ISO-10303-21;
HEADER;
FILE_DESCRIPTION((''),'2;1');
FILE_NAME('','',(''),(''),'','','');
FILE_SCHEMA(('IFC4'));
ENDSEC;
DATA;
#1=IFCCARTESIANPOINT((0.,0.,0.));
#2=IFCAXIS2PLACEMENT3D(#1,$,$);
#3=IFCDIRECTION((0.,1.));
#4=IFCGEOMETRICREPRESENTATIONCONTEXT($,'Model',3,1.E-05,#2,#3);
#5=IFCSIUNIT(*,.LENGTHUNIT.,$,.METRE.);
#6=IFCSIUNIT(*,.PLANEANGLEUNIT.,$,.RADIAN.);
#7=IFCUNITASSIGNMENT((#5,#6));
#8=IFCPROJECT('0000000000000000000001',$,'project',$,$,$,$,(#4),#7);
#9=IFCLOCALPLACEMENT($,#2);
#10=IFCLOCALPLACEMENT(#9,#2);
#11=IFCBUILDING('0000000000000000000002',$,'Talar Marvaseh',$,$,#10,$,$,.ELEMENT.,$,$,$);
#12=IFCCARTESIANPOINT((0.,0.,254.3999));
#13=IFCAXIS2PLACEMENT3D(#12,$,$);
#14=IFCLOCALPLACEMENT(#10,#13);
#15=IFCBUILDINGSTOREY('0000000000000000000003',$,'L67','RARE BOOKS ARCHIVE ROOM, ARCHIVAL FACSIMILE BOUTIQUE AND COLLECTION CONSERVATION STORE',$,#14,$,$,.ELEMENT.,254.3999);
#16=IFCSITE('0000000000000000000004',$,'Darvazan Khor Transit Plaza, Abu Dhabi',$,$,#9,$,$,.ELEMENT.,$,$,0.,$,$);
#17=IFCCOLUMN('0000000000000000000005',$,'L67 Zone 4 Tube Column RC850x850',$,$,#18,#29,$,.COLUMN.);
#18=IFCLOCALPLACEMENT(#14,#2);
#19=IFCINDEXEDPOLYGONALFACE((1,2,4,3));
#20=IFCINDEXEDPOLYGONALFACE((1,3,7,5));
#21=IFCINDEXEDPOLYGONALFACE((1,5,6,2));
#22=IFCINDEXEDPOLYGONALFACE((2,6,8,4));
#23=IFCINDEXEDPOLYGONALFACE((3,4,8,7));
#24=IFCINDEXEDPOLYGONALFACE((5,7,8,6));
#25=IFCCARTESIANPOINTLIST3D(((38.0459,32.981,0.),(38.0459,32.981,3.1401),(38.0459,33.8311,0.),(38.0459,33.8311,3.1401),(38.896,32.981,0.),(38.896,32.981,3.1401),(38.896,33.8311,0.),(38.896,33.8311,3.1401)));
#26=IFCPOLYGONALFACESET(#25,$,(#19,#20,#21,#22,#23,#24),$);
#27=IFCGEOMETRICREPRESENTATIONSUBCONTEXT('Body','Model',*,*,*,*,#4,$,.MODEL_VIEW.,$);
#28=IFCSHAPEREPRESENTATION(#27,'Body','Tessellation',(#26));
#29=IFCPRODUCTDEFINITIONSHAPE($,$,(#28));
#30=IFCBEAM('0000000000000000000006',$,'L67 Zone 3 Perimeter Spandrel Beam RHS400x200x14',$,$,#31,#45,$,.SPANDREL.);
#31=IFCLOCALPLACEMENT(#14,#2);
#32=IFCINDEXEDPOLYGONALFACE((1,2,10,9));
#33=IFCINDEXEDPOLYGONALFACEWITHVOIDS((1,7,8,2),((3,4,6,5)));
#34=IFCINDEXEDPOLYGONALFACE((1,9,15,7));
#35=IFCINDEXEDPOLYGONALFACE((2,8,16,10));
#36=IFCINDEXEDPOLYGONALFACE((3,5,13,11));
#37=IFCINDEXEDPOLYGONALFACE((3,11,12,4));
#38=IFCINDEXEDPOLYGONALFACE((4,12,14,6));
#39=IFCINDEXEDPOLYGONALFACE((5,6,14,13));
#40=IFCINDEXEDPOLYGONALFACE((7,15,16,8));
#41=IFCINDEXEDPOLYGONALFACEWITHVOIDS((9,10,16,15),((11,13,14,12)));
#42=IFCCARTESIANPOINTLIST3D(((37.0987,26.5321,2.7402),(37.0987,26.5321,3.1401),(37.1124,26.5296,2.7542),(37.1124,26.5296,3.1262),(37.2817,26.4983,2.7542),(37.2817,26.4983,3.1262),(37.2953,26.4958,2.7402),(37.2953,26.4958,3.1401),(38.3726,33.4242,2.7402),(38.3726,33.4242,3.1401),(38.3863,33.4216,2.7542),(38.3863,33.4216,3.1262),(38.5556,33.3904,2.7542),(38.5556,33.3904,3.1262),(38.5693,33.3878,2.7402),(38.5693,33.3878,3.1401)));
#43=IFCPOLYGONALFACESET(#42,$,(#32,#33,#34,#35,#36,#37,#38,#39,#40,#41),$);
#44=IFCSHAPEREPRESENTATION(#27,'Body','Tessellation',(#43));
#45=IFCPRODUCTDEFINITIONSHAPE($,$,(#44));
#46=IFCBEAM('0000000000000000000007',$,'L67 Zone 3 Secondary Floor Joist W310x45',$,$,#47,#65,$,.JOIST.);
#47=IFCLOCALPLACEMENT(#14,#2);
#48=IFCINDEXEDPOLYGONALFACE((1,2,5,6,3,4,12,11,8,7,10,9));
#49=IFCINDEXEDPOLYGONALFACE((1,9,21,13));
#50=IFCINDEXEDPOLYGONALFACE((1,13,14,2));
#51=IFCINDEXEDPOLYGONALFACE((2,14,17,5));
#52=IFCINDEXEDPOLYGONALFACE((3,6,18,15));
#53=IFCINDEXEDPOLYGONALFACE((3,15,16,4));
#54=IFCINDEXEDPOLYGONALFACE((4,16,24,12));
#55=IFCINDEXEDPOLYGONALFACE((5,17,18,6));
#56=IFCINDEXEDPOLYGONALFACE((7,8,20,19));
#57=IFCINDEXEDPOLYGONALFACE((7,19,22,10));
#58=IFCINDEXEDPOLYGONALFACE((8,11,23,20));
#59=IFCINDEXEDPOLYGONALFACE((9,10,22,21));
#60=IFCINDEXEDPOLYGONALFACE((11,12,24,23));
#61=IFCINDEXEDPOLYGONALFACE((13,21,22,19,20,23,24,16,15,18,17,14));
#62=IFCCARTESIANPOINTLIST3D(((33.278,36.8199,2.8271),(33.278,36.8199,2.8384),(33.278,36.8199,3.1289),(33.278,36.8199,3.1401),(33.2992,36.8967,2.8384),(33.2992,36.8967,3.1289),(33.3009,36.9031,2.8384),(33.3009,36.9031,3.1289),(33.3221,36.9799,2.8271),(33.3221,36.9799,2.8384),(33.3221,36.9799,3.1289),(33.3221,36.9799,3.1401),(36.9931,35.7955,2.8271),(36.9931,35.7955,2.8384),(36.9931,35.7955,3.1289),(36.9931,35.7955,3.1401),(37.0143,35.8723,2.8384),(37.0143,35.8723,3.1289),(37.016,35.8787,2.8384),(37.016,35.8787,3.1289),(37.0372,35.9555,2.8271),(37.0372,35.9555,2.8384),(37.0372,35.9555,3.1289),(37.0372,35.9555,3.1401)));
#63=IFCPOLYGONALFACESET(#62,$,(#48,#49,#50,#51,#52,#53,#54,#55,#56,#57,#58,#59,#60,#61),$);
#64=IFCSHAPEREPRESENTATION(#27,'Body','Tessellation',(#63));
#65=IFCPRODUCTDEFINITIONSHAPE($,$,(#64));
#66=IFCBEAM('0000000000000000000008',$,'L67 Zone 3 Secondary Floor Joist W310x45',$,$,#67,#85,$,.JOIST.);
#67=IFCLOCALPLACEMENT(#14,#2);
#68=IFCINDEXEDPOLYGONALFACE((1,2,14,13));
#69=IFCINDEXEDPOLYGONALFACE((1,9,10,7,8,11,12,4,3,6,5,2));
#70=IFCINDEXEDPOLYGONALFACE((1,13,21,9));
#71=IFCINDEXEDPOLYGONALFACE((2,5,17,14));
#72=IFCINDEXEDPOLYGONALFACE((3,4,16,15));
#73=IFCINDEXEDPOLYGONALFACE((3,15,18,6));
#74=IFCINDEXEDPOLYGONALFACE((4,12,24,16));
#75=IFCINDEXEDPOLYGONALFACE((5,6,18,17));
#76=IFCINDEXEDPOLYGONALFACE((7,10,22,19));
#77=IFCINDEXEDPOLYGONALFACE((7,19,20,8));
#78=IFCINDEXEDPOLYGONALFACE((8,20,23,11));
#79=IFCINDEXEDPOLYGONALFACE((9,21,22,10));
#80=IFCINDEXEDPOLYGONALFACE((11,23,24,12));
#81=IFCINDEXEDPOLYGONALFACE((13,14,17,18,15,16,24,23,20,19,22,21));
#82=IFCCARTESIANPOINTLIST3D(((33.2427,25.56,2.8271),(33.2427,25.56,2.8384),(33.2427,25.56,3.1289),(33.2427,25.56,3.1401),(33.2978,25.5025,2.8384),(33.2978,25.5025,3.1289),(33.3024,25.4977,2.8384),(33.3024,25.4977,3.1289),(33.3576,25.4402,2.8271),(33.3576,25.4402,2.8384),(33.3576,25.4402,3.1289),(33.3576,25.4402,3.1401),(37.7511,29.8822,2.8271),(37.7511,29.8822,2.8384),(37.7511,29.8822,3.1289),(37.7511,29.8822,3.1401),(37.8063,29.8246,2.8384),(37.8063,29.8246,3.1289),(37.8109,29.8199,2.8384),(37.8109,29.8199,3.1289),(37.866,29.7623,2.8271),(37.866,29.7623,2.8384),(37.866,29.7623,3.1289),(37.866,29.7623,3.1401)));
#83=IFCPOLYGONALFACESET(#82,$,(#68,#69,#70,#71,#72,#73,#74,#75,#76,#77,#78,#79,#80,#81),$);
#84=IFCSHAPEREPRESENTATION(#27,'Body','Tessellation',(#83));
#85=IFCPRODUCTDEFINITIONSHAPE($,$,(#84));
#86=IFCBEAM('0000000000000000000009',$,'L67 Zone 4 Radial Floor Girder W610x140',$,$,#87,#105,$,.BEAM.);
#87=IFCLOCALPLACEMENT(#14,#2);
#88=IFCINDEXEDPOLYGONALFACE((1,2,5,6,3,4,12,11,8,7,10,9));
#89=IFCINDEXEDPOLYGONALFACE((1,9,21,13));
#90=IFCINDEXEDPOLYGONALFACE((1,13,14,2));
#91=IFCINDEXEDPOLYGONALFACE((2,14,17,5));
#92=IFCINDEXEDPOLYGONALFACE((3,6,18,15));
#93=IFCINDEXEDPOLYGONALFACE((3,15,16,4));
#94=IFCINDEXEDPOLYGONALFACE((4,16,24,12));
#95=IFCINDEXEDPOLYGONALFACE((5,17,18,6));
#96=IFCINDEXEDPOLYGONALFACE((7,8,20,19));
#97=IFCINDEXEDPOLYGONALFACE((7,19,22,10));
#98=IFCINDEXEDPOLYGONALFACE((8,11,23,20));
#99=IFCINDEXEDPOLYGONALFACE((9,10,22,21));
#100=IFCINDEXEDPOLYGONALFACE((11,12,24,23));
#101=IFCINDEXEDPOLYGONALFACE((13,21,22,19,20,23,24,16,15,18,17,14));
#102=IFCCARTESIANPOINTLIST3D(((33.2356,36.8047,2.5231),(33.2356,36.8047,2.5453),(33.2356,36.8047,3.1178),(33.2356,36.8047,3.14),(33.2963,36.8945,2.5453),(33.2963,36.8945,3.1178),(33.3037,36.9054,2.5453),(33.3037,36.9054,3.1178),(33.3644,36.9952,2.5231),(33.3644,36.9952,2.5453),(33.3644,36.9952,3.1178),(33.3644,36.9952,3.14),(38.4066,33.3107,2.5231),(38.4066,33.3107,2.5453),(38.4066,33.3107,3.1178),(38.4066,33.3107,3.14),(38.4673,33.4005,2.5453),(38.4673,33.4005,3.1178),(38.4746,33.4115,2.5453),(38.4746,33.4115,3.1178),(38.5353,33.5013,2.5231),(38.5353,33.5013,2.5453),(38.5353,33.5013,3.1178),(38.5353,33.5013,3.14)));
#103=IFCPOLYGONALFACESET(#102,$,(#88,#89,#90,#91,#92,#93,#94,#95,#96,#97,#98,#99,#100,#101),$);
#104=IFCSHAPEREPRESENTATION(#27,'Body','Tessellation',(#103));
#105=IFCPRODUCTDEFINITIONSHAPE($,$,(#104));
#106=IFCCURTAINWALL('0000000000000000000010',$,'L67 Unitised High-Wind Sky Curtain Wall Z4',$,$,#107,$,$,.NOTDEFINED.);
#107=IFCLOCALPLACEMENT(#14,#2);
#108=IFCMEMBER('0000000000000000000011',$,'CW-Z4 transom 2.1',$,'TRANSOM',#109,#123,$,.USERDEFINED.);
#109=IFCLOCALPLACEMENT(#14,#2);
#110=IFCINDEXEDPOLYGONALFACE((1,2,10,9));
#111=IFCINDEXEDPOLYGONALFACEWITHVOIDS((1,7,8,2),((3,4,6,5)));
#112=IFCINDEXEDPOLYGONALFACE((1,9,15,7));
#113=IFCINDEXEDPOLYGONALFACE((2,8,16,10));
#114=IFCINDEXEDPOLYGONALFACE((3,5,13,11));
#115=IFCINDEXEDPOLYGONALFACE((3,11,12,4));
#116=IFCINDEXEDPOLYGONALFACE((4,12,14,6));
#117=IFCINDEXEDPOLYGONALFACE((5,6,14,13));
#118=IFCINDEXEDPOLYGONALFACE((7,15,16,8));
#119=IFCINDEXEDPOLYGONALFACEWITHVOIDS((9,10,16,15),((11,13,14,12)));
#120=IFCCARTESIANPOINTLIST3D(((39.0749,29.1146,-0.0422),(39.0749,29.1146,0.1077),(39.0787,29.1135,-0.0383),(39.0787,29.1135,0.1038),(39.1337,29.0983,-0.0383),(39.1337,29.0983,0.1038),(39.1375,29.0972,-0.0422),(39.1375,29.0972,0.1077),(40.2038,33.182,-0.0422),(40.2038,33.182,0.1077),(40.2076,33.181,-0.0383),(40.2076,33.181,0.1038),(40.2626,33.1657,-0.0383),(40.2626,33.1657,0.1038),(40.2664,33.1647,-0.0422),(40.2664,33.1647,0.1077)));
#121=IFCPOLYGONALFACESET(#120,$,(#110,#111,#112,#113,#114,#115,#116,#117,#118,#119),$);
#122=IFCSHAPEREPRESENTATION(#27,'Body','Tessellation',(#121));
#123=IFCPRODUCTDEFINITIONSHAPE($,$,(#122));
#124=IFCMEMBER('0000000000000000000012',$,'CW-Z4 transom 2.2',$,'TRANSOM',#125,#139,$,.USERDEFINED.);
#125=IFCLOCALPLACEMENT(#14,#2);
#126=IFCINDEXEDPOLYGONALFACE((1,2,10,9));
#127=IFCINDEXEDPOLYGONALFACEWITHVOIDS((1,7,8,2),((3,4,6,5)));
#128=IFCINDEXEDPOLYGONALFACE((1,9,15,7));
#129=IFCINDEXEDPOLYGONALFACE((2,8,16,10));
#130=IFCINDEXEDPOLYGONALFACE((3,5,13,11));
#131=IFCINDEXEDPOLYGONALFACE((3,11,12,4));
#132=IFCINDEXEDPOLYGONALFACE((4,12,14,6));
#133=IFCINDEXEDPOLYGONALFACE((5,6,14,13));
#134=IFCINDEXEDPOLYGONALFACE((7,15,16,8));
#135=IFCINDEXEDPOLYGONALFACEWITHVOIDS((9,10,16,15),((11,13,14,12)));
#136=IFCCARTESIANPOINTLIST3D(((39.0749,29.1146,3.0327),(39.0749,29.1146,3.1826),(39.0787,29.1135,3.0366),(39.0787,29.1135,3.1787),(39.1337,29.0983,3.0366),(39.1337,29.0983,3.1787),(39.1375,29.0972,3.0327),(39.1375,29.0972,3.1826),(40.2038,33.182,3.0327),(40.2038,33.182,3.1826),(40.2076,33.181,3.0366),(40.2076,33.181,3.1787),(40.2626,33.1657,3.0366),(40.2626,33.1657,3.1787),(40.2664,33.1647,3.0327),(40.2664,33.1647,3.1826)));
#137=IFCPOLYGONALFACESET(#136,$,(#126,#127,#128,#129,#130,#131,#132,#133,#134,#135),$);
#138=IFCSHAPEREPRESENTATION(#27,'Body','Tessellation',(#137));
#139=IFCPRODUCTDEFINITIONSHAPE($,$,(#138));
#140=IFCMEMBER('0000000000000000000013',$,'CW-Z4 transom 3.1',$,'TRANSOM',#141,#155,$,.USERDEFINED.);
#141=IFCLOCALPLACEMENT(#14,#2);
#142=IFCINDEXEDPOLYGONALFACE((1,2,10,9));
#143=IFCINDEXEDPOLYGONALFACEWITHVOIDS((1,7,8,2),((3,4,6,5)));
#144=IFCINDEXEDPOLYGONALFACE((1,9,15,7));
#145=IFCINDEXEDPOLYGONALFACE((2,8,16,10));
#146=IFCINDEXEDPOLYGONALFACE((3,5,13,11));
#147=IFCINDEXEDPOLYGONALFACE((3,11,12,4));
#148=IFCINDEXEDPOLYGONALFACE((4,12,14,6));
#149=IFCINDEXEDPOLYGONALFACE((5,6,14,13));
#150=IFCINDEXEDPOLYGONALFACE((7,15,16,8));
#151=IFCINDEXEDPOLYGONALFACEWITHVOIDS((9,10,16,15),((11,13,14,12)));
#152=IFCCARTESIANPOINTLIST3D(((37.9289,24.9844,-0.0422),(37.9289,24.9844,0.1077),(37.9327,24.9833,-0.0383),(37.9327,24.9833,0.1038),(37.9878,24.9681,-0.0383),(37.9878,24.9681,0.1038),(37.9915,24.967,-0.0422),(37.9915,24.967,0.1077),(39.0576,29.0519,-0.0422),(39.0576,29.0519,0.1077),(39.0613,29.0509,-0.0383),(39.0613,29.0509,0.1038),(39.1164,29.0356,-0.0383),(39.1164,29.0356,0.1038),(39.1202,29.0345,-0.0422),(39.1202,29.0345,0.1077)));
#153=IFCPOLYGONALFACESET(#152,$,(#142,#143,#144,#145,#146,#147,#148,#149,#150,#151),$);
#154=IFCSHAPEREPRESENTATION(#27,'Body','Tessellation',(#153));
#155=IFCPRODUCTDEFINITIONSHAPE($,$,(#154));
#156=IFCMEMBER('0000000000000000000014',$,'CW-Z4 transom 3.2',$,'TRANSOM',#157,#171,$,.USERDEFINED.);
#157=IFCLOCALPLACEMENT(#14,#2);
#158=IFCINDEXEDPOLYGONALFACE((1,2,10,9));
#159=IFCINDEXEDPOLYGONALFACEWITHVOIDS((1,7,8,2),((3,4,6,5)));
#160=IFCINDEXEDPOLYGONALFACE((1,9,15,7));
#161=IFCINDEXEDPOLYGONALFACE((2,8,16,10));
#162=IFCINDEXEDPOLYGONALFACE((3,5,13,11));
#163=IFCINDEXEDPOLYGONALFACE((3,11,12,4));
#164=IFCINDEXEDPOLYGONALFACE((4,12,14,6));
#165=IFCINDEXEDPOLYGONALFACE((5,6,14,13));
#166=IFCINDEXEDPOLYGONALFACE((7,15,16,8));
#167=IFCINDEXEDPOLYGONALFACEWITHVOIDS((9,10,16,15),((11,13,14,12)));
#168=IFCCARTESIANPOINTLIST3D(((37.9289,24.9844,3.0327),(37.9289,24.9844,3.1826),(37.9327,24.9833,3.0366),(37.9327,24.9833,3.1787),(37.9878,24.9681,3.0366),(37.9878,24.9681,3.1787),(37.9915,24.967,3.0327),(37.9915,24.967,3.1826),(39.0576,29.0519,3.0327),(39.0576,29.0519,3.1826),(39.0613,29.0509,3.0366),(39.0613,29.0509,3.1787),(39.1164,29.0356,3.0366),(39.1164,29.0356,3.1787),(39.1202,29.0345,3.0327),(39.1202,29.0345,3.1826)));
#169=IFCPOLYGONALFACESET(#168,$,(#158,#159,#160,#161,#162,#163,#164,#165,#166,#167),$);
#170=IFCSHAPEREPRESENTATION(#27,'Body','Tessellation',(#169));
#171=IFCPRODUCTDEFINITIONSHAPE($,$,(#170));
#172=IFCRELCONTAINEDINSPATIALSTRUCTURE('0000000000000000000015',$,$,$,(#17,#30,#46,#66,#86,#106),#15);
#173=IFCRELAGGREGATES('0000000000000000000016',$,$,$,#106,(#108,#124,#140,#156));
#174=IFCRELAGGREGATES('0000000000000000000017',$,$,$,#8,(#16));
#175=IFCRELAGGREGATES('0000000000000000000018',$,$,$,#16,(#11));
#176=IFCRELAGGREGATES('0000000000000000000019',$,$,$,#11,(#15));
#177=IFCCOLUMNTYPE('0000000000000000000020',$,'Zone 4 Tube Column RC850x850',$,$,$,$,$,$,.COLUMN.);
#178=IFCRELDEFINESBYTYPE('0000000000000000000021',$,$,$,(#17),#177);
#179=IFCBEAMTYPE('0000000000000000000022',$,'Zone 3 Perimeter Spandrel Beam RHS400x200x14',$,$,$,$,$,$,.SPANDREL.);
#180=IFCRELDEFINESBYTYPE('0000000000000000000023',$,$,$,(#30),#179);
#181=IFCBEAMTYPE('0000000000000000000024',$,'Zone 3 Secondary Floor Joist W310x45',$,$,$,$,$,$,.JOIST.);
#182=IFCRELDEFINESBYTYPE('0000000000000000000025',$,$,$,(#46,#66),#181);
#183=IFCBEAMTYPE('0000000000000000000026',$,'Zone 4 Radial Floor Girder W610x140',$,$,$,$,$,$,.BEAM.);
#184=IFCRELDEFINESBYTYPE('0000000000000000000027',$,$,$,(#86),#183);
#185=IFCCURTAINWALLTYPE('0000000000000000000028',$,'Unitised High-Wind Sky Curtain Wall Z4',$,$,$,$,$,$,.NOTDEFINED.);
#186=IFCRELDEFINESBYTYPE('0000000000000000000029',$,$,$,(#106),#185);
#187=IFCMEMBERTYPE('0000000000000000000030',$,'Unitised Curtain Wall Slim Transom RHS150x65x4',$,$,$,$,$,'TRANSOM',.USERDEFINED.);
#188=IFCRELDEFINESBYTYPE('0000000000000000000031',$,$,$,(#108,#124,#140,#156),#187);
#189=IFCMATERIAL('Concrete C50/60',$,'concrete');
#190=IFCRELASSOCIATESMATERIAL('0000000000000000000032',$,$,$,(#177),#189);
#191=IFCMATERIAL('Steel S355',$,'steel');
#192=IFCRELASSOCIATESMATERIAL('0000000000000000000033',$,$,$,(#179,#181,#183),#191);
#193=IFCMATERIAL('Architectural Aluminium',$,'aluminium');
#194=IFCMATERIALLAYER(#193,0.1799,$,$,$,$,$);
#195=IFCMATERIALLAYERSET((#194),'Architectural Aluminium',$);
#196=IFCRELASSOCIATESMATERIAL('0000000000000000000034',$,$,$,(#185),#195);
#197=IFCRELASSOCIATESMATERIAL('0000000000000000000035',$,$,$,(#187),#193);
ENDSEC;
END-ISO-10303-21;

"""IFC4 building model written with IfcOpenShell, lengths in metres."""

from ifc_helpers import new_model, si_unit, direction, frame, origin, origin_2d, place, context, subcontext, project, spatial, rectangle, hollow_rectangle, i_section, extrude, source, transform, mapped, material, layer, layer_set, material_profile, profile_set, type_object, type_shapes, element, aggregate, save


model = new_model("IFC4")

# Units and contexts
model_context = context("Model", 3, precision=1e-05, world=origin(), true_north=direction((0.0, 1.0)))
body_context = subcontext(model_context, "Body", "Model", "MODEL_VIEW")
ifc_project = project(units=[si_unit("LENGTHUNIT", "METRE"), si_unit("PLANEANGLEUNIT", "RADIAN")], contexts=[model_context])

# Site, building, storey
site_placement = place(None, origin())
site = spatial("IfcSite", under=ifc_project, at=site_placement, Name="Darvazan Khor Transit Plaza, Abu Dhabi", CompositionType="ELEMENT", RefElevation=0.0)
building_placement = place(site_placement, origin())
building = spatial("IfcBuilding", under=site, at=building_placement, Name="Talar Marvaseh", CompositionType="ELEMENT")
storey_placement = place(building_placement, frame((0.0, 0.0, 254.3999)))
storey = spatial("IfcBuildingStorey", under=building, at=storey_placement, Name="L67", Description="RARE BOOKS ARCHIVE ROOM, ARCHIVAL FACSIMILE BOUTIQUE AND COLLECTION CONSERVATION STORE", CompositionType="ELEMENT", Elevation=254.3999)

# Column
ifc_material_1 = material(Name="Concrete C50/60", Category="concrete")
ifc_material_profile_1 = material_profile(ifc_material_1, rectangle(XDim=0.8501, YDim=0.8501, at=origin_2d()), Name="RC850x850")
ifc_profile_set_1 = profile_set([ifc_material_profile_1], Name="Concrete C50/60")
column_type = type_object("IfcColumnType", Name="Zone 4 Tube Column RC850x850", PredefinedType="COLUMN", material=ifc_profile_set_1)
column_placement = place(storey_placement, frame((38.4709, 33.406, 0.0), z_axis=(0.0, 0.0, 1.0), x_axis=(1.0, 0.0, 0.0)))
element("IfcColumn", 1, at=column_placement, inside=storey, type_object=column_type, Name="L67 Zone 4 Tube Column RC850x850", PredefinedType="COLUMN", context=body_context, shape_type="SweptSolid", body=[
    extrude(rectangle(XDim=0.8501, YDim=0.8501, at=origin_2d()), origin(), (0.0, 0.0, 1.0), 3.1401),
])

# Beams
ifc_material_2 = material(Name="Steel S355", Category="steel")
ifc_material_profile_2 = material_profile(ifc_material_2, hollow_rectangle(XDim=0.2, YDim=0.3999, WallThickness=0.0139, at=origin_2d()), Name="RHS400x200x14")
ifc_profile_set_2 = profile_set([ifc_material_profile_2], Name="Steel S355")
beam_type_1 = type_object("IfcBeamType", Name="Zone 3 Perimeter Spandrel Beam RHS400x200x14", PredefinedType="SPANDREL", material=ifc_profile_set_2)
beam_1_placement = place(storey_placement, frame((38.4709, 33.406, 2.9402), z_axis=(-0.18176, -0.983343, 0.0), x_axis=(0.983343, -0.18176, 0.0)))
element("IfcBeam", 2, at=beam_1_placement, inside=storey, type_object=beam_type_1, Name="L67 Zone 3 Perimeter Spandrel Beam RHS400x200x14", PredefinedType="SPANDREL", context=body_context, shape_type="SweptSolid", body=[
    extrude(hollow_rectangle(XDim=0.2, YDim=0.3999, WallThickness=0.0139, at=origin_2d()), origin(), (0.0, 0.0, 1.0), 7.0088),
])
ifc_material_profile_3 = material_profile(ifc_material_2, i_section(OverallWidth=0.166, OverallDepth=0.313, WebThickness=0.0066, FlangeThickness=0.0112, at=origin_2d()), Name="W310x45")
ifc_profile_set_3 = profile_set([ifc_material_profile_3], Name="Steel S355")
beam_type_2 = type_object("IfcBeamType", Name="Zone 3 Secondary Floor Joist W310x45", PredefinedType="JOIST", material=ifc_profile_set_3)
beam_2_placement = place(storey_placement, frame((37.0151, 35.8755, 2.9836), z_axis=(-0.964022, 0.265823, 0.0), x_axis=(-0.265823, -0.964022, 0.0)))
element("IfcBeam", 3, at=beam_2_placement, inside=storey, type_object=beam_type_2, Name="L67 Zone 3 Secondary Floor Joist W310x45", PredefinedType="JOIST", context=body_context, shape_type="SweptSolid", body=[
    extrude(i_section(OverallWidth=0.166, OverallDepth=0.313, WebThickness=0.0066, FlangeThickness=0.0112, at=origin_2d()), origin(), (0.0, 0.0, 1.0), 3.8538),
])
beam_3_placement = place(storey_placement, frame((37.8086, 29.8223, 2.9836), z_axis=(-0.721862, -0.692037, 0.0), x_axis=(0.692037, -0.721862, 0.0)))
element("IfcBeam", 4, at=beam_3_placement, inside=storey, type_object=beam_type_2, Name="L67 Zone 3 Secondary Floor Joist W310x45", PredefinedType="JOIST", context=body_context, shape_type="SweptSolid", body=[
    extrude(i_section(OverallWidth=0.166, OverallDepth=0.313, WebThickness=0.0066, FlangeThickness=0.0112, at=origin_2d()), origin(), (0.0, 0.0, 1.0), 6.2456),
])
ifc_material_profile_4 = material_profile(ifc_material_2, i_section(OverallWidth=0.23, OverallDepth=0.6169, WebThickness=0.0132, FlangeThickness=0.0222, at=origin_2d()), Name="W610x140")
ifc_profile_set_4 = profile_set([ifc_material_profile_4], Name="Steel S355")
beam_type_3 = type_object("IfcBeamType", Name="Zone 4 Radial Floor Girder W610x140", PredefinedType="BEAM", material=ifc_profile_set_4)
beam_4_placement = place(storey_placement, frame((38.4709, 33.406, 2.8315), z_axis=(-0.828586, 0.559862, 0.0), x_axis=(-0.559862, -0.828586, 0.0)))
element("IfcBeam", 5, at=beam_4_placement, inside=storey, type_object=beam_type_3, Name="L67 Zone 4 Radial Floor Girder W610x140", PredefinedType="BEAM", context=body_context, shape_type="SweptSolid", body=[
    extrude(i_section(OverallWidth=0.23, OverallDepth=0.6169, WebThickness=0.0132, FlangeThickness=0.0222, at=origin_2d()), origin(), (0.0, 0.0, 1.0), 6.2407),
])

# Curtain wall, members
ifc_material_3 = material(Name="Architectural Aluminium", Category="aluminium")
ifc_layer_1 = layer(ifc_material_3, 0.1799)
ifc_layer_set_1 = layer_set([ifc_layer_1], Name="Architectural Aluminium")
curtain_wall_type = type_object("IfcCurtainWallType", Name="Unitised High-Wind Sky Curtain Wall Z4", PredefinedType="NOTDEFINED", material=ifc_layer_set_1)
curtain_wall_placement = place(storey_placement, origin())
curtain_wall = element("IfcCurtainWall", 6, at=curtain_wall_placement, inside=storey, type_object=curtain_wall_type, Name="L67 Unitised High-Wind Sky Curtain Wall Z4", PredefinedType="NOTDEFINED")
ifc_material_profile_5 = material_profile(ifc_material_3, hollow_rectangle(XDim=0.0649, YDim=0.1499, WallThickness=0.0039, at=origin_2d()), Name="RHS150x65x4")
ifc_profile_set_5 = profile_set([ifc_material_profile_5], Name="Architectural Aluminium")
member_type_1 = type_object("IfcMemberType", Name="Unitised Curtain Wall Slim Transom RHS150x65x4", ElementType="TRANSOM", PredefinedType="USERDEFINED", material=ifc_profile_set_5)
shared_shape_1 = source(origin(), body_context, "Body", "SweptSolid", [
    extrude(hollow_rectangle(XDim=0.0649, YDim=0.1499, WallThickness=0.0039, at=origin_2d()), origin(), (0.0, 0.0, 1.0), 4.2212),
])
type_shapes(member_type_1, [shared_shape_1])
member_1_placement = place(storey_placement, frame((40.2351, 33.1733, 0.0327), z_axis=(-0.267441, -0.963574, 0.0), x_axis=(0.963574, -0.267441, 0.0)))
member_1 = element("IfcMember", 7, at=member_1_placement, type_object=member_type_1, Name="CW-Z4 transom 2.1", ObjectType="TRANSOM", PredefinedType="USERDEFINED", context=body_context, shape_type="MappedRepresentation", body=[
    mapped(shared_shape_1, transform((0.0, 0.0, 0.0), x_axis=(1.0, 0.0, 0.0), y_axis=(0.0, 1.0, 0.0), z_axis=(0.0, 0.0, 1.0), scale=1.0)),
])
member_2_placement = place(storey_placement, frame((40.2351, 33.1733, 3.1077), z_axis=(-0.267441, -0.963574, 0.0), x_axis=(0.963574, -0.267441, 0.0)))
member_2 = element("IfcMember", 8, at=member_2_placement, type_object=member_type_1, Name="CW-Z4 transom 2.2", ObjectType="TRANSOM", PredefinedType="USERDEFINED", context=body_context, shape_type="MappedRepresentation", body=[
    mapped(shared_shape_1, transform((0.0, 0.0, 0.0), x_axis=(1.0, 0.0, 0.0), y_axis=(0.0, 1.0, 0.0), z_axis=(0.0, 0.0, 1.0), scale=1.0)),
])
member_3_placement = place(storey_placement, frame((39.0889, 29.0432, 0.0327), z_axis=(-0.267372, -0.963593, 0.0), x_axis=(0.963593, -0.267372, 0.0)))
member_3 = element("IfcMember", 9, at=member_3_placement, type_object=member_type_1, Name="CW-Z4 transom 3.1", ObjectType="TRANSOM", PredefinedType="USERDEFINED", context=body_context, shape_type="MappedRepresentation", body=[
    mapped(shared_shape_1, transform((0.0, 0.0, 0.0), x_axis=(1.0, 0.0, 0.0), y_axis=(0.0, 1.0, 0.0), z_axis=(0.0, 0.0, 1.0), scale=1.0)),
])
member_4_placement = place(storey_placement, frame((39.0889, 29.0432, 3.1077), z_axis=(-0.267372, -0.963593, 0.0), x_axis=(0.963593, -0.267372, 0.0)))
member_4 = element("IfcMember", 10, at=member_4_placement, type_object=member_type_1, Name="CW-Z4 transom 3.2", ObjectType="TRANSOM", PredefinedType="USERDEFINED", context=body_context, shape_type="MappedRepresentation", body=[
    mapped(shared_shape_1, transform((0.0, 0.0, 0.0), x_axis=(1.0, 0.0, 0.0), y_axis=(0.0, 1.0, 0.0), z_axis=(0.0, 0.0, 1.0), scale=1.0)),
])
aggregate(curtain_wall, [member_1, member_2, member_3, member_4])

save(model, "model.ifc")
